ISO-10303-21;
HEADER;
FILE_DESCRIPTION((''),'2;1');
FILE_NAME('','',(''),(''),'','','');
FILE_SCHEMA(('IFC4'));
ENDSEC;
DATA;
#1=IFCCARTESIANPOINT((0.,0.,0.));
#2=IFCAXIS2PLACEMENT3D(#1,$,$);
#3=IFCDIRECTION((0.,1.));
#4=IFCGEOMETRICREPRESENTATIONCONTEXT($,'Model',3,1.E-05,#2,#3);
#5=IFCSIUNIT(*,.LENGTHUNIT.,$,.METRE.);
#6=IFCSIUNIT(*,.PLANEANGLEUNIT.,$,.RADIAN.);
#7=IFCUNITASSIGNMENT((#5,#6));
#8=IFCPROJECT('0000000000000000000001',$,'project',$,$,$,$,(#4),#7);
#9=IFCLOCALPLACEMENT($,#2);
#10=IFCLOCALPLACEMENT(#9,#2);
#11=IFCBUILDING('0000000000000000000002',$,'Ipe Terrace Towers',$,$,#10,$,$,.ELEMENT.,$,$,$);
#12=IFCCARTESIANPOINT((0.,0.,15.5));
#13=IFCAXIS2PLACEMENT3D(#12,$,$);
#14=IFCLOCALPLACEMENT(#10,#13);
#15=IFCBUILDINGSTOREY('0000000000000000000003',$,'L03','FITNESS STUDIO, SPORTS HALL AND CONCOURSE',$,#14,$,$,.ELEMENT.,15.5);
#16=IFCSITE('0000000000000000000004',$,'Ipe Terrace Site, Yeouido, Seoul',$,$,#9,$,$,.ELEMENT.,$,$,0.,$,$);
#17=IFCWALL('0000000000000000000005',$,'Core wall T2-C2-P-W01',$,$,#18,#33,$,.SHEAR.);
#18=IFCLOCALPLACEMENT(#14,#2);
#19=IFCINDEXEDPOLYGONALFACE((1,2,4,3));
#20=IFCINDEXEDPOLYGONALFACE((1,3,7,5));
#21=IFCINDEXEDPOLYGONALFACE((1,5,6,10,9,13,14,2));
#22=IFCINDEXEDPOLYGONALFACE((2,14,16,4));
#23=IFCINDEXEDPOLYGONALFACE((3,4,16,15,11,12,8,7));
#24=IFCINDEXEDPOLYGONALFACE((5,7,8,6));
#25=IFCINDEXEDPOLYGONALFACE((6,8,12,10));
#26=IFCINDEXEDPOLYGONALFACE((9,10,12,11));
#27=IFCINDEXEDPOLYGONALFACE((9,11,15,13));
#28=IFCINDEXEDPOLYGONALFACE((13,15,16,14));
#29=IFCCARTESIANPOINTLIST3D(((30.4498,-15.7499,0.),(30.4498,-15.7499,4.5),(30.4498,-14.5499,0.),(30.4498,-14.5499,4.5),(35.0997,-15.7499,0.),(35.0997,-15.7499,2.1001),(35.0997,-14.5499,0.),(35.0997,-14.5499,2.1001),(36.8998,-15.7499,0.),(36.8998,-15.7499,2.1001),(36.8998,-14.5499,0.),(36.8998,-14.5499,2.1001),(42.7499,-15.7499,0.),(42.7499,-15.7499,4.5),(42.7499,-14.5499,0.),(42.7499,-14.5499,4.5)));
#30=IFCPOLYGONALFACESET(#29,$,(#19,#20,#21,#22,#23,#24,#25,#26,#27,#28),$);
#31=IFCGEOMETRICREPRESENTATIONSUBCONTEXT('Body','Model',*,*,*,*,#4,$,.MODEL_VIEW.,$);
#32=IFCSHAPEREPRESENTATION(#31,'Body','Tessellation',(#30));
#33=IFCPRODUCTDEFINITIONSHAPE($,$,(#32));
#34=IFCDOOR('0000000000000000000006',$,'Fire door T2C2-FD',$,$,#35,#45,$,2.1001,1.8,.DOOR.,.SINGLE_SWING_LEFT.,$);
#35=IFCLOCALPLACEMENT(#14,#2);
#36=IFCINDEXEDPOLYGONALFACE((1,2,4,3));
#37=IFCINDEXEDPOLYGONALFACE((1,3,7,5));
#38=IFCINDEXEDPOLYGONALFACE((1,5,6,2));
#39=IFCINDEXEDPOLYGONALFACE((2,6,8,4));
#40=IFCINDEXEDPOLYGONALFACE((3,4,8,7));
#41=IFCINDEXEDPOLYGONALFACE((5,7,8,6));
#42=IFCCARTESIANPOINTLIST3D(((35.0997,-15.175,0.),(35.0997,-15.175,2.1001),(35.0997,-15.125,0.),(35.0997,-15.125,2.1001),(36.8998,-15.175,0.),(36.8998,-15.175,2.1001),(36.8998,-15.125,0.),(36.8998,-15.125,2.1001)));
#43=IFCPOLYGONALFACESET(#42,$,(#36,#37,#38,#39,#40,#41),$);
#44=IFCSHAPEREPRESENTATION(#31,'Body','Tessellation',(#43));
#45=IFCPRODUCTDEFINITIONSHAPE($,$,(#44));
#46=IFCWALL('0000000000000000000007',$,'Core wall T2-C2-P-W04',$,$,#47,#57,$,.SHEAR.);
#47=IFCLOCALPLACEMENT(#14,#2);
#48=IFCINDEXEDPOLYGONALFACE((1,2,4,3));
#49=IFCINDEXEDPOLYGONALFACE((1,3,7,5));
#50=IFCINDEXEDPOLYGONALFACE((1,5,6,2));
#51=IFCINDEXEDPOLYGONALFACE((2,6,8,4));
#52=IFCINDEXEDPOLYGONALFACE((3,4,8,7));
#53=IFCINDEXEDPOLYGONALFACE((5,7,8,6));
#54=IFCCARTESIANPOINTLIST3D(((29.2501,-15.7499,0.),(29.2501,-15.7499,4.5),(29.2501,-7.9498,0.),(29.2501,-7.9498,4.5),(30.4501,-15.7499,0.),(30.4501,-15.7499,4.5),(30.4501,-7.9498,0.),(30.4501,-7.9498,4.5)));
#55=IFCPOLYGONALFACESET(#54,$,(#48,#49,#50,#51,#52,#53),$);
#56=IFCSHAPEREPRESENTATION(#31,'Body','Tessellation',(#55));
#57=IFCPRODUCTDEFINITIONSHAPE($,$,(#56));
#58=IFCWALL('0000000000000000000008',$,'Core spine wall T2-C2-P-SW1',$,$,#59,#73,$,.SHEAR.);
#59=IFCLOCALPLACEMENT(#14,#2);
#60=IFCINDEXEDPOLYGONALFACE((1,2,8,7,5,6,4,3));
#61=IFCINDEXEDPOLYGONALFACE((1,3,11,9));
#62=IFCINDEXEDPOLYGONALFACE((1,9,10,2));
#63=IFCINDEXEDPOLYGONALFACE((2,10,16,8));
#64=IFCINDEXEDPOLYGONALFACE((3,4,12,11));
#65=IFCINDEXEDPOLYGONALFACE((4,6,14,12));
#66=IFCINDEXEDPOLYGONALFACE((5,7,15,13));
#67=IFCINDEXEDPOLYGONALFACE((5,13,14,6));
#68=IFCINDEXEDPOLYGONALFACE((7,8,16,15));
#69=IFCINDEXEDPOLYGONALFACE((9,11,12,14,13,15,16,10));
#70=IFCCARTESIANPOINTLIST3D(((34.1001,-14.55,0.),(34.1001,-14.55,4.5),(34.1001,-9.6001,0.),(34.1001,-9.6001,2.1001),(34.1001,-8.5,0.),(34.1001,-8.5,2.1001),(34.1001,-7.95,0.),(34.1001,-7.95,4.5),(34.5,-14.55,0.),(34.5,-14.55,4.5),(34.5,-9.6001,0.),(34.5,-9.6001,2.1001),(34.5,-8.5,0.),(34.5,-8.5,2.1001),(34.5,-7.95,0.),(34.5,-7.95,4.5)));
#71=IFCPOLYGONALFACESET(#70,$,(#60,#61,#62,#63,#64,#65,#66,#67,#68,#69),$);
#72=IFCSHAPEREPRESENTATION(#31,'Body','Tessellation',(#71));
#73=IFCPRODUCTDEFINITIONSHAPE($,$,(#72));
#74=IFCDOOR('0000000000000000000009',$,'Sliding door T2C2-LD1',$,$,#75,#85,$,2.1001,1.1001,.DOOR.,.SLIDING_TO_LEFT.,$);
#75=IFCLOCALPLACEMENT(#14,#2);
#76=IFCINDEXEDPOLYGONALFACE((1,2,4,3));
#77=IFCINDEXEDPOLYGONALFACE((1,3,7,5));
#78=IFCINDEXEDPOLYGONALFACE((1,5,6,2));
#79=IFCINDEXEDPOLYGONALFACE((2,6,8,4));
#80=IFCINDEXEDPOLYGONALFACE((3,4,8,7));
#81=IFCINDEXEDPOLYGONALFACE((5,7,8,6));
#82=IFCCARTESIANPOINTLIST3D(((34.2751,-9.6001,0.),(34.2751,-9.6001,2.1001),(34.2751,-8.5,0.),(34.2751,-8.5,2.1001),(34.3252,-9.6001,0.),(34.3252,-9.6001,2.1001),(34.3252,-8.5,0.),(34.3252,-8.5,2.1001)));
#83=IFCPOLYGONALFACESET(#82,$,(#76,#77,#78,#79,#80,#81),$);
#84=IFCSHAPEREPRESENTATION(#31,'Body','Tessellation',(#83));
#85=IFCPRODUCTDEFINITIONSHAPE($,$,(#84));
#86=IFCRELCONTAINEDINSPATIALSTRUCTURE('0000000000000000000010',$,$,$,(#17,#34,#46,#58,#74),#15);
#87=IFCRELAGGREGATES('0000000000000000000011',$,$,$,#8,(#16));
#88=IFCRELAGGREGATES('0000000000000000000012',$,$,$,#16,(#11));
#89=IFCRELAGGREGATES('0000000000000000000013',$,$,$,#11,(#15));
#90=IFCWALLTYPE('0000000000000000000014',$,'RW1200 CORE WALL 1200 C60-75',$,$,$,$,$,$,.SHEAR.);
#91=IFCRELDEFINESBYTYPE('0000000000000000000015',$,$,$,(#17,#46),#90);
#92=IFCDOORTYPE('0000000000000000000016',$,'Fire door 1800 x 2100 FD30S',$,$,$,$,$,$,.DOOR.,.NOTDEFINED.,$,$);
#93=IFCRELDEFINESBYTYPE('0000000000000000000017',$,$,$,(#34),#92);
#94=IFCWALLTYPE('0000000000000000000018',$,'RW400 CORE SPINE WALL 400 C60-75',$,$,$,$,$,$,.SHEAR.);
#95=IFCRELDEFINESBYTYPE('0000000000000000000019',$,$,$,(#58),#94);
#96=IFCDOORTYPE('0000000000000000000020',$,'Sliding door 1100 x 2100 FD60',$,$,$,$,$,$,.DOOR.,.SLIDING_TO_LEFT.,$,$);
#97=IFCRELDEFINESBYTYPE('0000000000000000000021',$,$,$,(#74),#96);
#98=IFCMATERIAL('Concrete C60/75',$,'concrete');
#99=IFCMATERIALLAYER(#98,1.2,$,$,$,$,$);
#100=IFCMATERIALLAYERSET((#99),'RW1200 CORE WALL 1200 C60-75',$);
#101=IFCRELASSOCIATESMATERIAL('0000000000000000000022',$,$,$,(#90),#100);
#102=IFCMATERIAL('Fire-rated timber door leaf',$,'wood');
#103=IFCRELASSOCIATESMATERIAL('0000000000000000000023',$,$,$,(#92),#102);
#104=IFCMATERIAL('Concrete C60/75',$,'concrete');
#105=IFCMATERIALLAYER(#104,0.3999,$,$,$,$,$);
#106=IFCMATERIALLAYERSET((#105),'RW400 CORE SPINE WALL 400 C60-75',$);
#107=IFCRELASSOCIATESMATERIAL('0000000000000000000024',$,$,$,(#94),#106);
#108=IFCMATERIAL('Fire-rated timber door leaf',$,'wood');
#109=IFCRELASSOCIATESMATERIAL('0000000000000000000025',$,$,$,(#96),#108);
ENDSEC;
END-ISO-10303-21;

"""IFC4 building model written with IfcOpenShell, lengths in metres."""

from ifc_helpers import new_model, si_unit, direction, frame, frame_2d, origin, place, context, subcontext, project, spatial, rectangle, extrude, material, layer, layer_set, type_object, element, fill, save


model = new_model("IFC4")

# Units and contexts
model_context = context("Model", 3, precision=1e-05, world=origin(), true_north=direction((0.0, 1.0)))
body_context = subcontext(model_context, "Body", "Model", "MODEL_VIEW")
ifc_project = project(units=[si_unit("LENGTHUNIT", "METRE"), si_unit("PLANEANGLEUNIT", "RADIAN")], contexts=[model_context])

# Site, building, storey
site_placement = place(None, origin())
site = spatial("IfcSite", under=ifc_project, at=site_placement, Name="Ipe Terrace Site, Yeouido, Seoul", CompositionType="ELEMENT", RefElevation=0.0)
building_placement = place(site_placement, origin())
building = spatial("IfcBuilding", under=site, at=building_placement, Name="Ipe Terrace Towers", CompositionType="ELEMENT")
storey_placement = place(building_placement, frame((0.0, 0.0, 15.5)))
storey = spatial("IfcBuildingStorey", under=building, at=storey_placement, Name="L03", Description="FITNESS STUDIO, SPORTS HALL AND CONCOURSE", CompositionType="ELEMENT", Elevation=15.5)

# Wall, opening, door
ifc_material_1 = material(Name="Concrete C60/75", Category="concrete")
ifc_layer_1 = layer(ifc_material_1, 1.2)
ifc_layer_set_1 = layer_set([ifc_layer_1], Name="RW1200 CORE WALL 1200 C60-75")
wall_type_1 = type_object("IfcWallType", Name="RW1200 CORE WALL 1200 C60-75", PredefinedType="SHEAR", material=ifc_layer_set_1)
wall_1_placement = place(storey_placement, frame((30.45, -15.1499, 0.0), z_axis=(0.0, 0.0, 1.0), x_axis=(1.0, 0.0, 0.0)))
wall_1 = element("IfcWall", 1, at=wall_1_placement, inside=storey, type_object=wall_type_1, Name="Core wall T2-C2-P-W01", PredefinedType="SHEAR", context=body_context, shape_type="SweptSolid", body=[
    extrude(rectangle(XDim=12.3, YDim=1.2, at=frame_2d((6.1499, 0.0))), origin(), (0.0, 0.0, 1.0), 4.5),
])
opening_1_placement = place(wall_1_placement, frame((4.6499, 0.0, 0.0)))
opening_1 = element("IfcOpeningElement", 2, at=opening_1_placement, cuts=wall_1, PredefinedType="OPENING", context=body_context, shape_type="SweptSolid", body=[
    extrude(rectangle(XDim=1.8, YDim=2.1001, at=frame_2d((0.8999, 1.05))), frame((0.0, 0.6099, 0.0), z_axis=(0.0, -1.0, 0.0), x_axis=(1.0, 0.0, 0.0)), (0.0, 0.0, 1.0), 1.22),
])
ifc_material_2 = material(Name="Fire-rated timber door leaf", Category="wood")
door_type_1 = type_object("IfcDoorType", Name="Fire door 1800 x 2100 FD30S", OperationType="NOTDEFINED", PredefinedType="DOOR", material=ifc_material_2)
door_1_placement = place(opening_1_placement, origin())
door_1 = element("IfcDoor", 3, at=door_1_placement, inside=storey, type_object=door_type_1, Name="Fire door T2C2-FD", OperationType="SINGLE_SWING_LEFT", OverallHeight=2.1001, OverallWidth=1.8, PredefinedType="DOOR", context=body_context, shape_type="SweptSolid", body=[
    extrude(rectangle(XDim=1.8, YDim=2.1001, at=frame_2d((0.8999, 1.05))), frame((0.0, 0.0249, 0.0), z_axis=(0.0, -1.0, 0.0), x_axis=(1.0, 0.0, 0.0)), (0.0, 0.0, 1.0), 0.05),
])
fill(opening_1, door_1)

# Wall
wall_2_placement = place(storey_placement, frame((29.8501, -7.95, 0.0), z_axis=(0.0, 0.0, 1.0), x_axis=(0.0, -1.0, 0.0)))
element("IfcWall", 4, at=wall_2_placement, inside=storey, type_object=wall_type_1, Name="Core wall T2-C2-P-W04", PredefinedType="SHEAR", context=body_context, shape_type="SweptSolid", body=[
    extrude(rectangle(XDim=7.8, YDim=1.2, at=frame_2d((3.8999, 0.0))), origin(), (0.0, 0.0, 1.0), 4.5),
])

# Wall, opening, door
ifc_material_3 = material(Name="Concrete C60/75", Category="concrete")
ifc_layer_2 = layer(ifc_material_3, 0.3999)
ifc_layer_set_2 = layer_set([ifc_layer_2], Name="RW400 CORE SPINE WALL 400 C60-75")
wall_type_2 = type_object("IfcWallType", Name="RW400 CORE SPINE WALL 400 C60-75", PredefinedType="SHEAR", material=ifc_layer_set_2)
wall_3_placement = place(storey_placement, frame((34.3, -14.55, 0.0), z_axis=(0.0, 0.0, 1.0), x_axis=(0.0, 1.0, 0.0)))
wall_3 = element("IfcWall", 5, at=wall_3_placement, inside=storey, type_object=wall_type_2, Name="Core spine wall T2-C2-P-SW1", PredefinedType="SHEAR", context=body_context, shape_type="SweptSolid", body=[
    extrude(rectangle(XDim=6.6001, YDim=0.3999, at=frame_2d((3.3, 0.0))), origin(), (0.0, 0.0, 1.0), 4.5),
])
opening_2_placement = place(wall_3_placement, frame((4.95, 0.0, 0.0)))
opening_2 = element("IfcOpeningElement", 6, at=opening_2_placement, cuts=wall_3, PredefinedType="OPENING", context=body_context, shape_type="SweptSolid", body=[
    extrude(rectangle(XDim=1.1001, YDim=2.1001, at=frame_2d((0.55, 1.05))), frame((0.0, 0.21, 0.0), z_axis=(0.0, -1.0, 0.0), x_axis=(1.0, 0.0, 0.0)), (0.0, 0.0, 1.0), 0.4199),
])
ifc_material_4 = material(Name="Fire-rated timber door leaf", Category="wood")
door_type_2 = type_object("IfcDoorType", Name="Sliding door 1100 x 2100 FD60", OperationType="SLIDING_TO_LEFT", PredefinedType="DOOR", material=ifc_material_4)
door_2_placement = place(opening_2_placement, origin())
door_2 = element("IfcDoor", 7, at=door_2_placement, inside=storey, type_object=door_type_2, Name="Sliding door T2C2-LD1", OperationType="SLIDING_TO_LEFT", OverallHeight=2.1001, OverallWidth=1.1001, PredefinedType="DOOR", context=body_context, shape_type="SweptSolid", body=[
    extrude(rectangle(XDim=1.1001, YDim=2.1001, at=frame_2d((0.55, 1.05))), frame((0.0, 0.0249, 0.0), z_axis=(0.0, -1.0, 0.0), x_axis=(1.0, 0.0, 0.0)), (0.0, 0.0, 1.0), 0.05),
])
fill(opening_2, door_2)

save(model, "model.ifc")
